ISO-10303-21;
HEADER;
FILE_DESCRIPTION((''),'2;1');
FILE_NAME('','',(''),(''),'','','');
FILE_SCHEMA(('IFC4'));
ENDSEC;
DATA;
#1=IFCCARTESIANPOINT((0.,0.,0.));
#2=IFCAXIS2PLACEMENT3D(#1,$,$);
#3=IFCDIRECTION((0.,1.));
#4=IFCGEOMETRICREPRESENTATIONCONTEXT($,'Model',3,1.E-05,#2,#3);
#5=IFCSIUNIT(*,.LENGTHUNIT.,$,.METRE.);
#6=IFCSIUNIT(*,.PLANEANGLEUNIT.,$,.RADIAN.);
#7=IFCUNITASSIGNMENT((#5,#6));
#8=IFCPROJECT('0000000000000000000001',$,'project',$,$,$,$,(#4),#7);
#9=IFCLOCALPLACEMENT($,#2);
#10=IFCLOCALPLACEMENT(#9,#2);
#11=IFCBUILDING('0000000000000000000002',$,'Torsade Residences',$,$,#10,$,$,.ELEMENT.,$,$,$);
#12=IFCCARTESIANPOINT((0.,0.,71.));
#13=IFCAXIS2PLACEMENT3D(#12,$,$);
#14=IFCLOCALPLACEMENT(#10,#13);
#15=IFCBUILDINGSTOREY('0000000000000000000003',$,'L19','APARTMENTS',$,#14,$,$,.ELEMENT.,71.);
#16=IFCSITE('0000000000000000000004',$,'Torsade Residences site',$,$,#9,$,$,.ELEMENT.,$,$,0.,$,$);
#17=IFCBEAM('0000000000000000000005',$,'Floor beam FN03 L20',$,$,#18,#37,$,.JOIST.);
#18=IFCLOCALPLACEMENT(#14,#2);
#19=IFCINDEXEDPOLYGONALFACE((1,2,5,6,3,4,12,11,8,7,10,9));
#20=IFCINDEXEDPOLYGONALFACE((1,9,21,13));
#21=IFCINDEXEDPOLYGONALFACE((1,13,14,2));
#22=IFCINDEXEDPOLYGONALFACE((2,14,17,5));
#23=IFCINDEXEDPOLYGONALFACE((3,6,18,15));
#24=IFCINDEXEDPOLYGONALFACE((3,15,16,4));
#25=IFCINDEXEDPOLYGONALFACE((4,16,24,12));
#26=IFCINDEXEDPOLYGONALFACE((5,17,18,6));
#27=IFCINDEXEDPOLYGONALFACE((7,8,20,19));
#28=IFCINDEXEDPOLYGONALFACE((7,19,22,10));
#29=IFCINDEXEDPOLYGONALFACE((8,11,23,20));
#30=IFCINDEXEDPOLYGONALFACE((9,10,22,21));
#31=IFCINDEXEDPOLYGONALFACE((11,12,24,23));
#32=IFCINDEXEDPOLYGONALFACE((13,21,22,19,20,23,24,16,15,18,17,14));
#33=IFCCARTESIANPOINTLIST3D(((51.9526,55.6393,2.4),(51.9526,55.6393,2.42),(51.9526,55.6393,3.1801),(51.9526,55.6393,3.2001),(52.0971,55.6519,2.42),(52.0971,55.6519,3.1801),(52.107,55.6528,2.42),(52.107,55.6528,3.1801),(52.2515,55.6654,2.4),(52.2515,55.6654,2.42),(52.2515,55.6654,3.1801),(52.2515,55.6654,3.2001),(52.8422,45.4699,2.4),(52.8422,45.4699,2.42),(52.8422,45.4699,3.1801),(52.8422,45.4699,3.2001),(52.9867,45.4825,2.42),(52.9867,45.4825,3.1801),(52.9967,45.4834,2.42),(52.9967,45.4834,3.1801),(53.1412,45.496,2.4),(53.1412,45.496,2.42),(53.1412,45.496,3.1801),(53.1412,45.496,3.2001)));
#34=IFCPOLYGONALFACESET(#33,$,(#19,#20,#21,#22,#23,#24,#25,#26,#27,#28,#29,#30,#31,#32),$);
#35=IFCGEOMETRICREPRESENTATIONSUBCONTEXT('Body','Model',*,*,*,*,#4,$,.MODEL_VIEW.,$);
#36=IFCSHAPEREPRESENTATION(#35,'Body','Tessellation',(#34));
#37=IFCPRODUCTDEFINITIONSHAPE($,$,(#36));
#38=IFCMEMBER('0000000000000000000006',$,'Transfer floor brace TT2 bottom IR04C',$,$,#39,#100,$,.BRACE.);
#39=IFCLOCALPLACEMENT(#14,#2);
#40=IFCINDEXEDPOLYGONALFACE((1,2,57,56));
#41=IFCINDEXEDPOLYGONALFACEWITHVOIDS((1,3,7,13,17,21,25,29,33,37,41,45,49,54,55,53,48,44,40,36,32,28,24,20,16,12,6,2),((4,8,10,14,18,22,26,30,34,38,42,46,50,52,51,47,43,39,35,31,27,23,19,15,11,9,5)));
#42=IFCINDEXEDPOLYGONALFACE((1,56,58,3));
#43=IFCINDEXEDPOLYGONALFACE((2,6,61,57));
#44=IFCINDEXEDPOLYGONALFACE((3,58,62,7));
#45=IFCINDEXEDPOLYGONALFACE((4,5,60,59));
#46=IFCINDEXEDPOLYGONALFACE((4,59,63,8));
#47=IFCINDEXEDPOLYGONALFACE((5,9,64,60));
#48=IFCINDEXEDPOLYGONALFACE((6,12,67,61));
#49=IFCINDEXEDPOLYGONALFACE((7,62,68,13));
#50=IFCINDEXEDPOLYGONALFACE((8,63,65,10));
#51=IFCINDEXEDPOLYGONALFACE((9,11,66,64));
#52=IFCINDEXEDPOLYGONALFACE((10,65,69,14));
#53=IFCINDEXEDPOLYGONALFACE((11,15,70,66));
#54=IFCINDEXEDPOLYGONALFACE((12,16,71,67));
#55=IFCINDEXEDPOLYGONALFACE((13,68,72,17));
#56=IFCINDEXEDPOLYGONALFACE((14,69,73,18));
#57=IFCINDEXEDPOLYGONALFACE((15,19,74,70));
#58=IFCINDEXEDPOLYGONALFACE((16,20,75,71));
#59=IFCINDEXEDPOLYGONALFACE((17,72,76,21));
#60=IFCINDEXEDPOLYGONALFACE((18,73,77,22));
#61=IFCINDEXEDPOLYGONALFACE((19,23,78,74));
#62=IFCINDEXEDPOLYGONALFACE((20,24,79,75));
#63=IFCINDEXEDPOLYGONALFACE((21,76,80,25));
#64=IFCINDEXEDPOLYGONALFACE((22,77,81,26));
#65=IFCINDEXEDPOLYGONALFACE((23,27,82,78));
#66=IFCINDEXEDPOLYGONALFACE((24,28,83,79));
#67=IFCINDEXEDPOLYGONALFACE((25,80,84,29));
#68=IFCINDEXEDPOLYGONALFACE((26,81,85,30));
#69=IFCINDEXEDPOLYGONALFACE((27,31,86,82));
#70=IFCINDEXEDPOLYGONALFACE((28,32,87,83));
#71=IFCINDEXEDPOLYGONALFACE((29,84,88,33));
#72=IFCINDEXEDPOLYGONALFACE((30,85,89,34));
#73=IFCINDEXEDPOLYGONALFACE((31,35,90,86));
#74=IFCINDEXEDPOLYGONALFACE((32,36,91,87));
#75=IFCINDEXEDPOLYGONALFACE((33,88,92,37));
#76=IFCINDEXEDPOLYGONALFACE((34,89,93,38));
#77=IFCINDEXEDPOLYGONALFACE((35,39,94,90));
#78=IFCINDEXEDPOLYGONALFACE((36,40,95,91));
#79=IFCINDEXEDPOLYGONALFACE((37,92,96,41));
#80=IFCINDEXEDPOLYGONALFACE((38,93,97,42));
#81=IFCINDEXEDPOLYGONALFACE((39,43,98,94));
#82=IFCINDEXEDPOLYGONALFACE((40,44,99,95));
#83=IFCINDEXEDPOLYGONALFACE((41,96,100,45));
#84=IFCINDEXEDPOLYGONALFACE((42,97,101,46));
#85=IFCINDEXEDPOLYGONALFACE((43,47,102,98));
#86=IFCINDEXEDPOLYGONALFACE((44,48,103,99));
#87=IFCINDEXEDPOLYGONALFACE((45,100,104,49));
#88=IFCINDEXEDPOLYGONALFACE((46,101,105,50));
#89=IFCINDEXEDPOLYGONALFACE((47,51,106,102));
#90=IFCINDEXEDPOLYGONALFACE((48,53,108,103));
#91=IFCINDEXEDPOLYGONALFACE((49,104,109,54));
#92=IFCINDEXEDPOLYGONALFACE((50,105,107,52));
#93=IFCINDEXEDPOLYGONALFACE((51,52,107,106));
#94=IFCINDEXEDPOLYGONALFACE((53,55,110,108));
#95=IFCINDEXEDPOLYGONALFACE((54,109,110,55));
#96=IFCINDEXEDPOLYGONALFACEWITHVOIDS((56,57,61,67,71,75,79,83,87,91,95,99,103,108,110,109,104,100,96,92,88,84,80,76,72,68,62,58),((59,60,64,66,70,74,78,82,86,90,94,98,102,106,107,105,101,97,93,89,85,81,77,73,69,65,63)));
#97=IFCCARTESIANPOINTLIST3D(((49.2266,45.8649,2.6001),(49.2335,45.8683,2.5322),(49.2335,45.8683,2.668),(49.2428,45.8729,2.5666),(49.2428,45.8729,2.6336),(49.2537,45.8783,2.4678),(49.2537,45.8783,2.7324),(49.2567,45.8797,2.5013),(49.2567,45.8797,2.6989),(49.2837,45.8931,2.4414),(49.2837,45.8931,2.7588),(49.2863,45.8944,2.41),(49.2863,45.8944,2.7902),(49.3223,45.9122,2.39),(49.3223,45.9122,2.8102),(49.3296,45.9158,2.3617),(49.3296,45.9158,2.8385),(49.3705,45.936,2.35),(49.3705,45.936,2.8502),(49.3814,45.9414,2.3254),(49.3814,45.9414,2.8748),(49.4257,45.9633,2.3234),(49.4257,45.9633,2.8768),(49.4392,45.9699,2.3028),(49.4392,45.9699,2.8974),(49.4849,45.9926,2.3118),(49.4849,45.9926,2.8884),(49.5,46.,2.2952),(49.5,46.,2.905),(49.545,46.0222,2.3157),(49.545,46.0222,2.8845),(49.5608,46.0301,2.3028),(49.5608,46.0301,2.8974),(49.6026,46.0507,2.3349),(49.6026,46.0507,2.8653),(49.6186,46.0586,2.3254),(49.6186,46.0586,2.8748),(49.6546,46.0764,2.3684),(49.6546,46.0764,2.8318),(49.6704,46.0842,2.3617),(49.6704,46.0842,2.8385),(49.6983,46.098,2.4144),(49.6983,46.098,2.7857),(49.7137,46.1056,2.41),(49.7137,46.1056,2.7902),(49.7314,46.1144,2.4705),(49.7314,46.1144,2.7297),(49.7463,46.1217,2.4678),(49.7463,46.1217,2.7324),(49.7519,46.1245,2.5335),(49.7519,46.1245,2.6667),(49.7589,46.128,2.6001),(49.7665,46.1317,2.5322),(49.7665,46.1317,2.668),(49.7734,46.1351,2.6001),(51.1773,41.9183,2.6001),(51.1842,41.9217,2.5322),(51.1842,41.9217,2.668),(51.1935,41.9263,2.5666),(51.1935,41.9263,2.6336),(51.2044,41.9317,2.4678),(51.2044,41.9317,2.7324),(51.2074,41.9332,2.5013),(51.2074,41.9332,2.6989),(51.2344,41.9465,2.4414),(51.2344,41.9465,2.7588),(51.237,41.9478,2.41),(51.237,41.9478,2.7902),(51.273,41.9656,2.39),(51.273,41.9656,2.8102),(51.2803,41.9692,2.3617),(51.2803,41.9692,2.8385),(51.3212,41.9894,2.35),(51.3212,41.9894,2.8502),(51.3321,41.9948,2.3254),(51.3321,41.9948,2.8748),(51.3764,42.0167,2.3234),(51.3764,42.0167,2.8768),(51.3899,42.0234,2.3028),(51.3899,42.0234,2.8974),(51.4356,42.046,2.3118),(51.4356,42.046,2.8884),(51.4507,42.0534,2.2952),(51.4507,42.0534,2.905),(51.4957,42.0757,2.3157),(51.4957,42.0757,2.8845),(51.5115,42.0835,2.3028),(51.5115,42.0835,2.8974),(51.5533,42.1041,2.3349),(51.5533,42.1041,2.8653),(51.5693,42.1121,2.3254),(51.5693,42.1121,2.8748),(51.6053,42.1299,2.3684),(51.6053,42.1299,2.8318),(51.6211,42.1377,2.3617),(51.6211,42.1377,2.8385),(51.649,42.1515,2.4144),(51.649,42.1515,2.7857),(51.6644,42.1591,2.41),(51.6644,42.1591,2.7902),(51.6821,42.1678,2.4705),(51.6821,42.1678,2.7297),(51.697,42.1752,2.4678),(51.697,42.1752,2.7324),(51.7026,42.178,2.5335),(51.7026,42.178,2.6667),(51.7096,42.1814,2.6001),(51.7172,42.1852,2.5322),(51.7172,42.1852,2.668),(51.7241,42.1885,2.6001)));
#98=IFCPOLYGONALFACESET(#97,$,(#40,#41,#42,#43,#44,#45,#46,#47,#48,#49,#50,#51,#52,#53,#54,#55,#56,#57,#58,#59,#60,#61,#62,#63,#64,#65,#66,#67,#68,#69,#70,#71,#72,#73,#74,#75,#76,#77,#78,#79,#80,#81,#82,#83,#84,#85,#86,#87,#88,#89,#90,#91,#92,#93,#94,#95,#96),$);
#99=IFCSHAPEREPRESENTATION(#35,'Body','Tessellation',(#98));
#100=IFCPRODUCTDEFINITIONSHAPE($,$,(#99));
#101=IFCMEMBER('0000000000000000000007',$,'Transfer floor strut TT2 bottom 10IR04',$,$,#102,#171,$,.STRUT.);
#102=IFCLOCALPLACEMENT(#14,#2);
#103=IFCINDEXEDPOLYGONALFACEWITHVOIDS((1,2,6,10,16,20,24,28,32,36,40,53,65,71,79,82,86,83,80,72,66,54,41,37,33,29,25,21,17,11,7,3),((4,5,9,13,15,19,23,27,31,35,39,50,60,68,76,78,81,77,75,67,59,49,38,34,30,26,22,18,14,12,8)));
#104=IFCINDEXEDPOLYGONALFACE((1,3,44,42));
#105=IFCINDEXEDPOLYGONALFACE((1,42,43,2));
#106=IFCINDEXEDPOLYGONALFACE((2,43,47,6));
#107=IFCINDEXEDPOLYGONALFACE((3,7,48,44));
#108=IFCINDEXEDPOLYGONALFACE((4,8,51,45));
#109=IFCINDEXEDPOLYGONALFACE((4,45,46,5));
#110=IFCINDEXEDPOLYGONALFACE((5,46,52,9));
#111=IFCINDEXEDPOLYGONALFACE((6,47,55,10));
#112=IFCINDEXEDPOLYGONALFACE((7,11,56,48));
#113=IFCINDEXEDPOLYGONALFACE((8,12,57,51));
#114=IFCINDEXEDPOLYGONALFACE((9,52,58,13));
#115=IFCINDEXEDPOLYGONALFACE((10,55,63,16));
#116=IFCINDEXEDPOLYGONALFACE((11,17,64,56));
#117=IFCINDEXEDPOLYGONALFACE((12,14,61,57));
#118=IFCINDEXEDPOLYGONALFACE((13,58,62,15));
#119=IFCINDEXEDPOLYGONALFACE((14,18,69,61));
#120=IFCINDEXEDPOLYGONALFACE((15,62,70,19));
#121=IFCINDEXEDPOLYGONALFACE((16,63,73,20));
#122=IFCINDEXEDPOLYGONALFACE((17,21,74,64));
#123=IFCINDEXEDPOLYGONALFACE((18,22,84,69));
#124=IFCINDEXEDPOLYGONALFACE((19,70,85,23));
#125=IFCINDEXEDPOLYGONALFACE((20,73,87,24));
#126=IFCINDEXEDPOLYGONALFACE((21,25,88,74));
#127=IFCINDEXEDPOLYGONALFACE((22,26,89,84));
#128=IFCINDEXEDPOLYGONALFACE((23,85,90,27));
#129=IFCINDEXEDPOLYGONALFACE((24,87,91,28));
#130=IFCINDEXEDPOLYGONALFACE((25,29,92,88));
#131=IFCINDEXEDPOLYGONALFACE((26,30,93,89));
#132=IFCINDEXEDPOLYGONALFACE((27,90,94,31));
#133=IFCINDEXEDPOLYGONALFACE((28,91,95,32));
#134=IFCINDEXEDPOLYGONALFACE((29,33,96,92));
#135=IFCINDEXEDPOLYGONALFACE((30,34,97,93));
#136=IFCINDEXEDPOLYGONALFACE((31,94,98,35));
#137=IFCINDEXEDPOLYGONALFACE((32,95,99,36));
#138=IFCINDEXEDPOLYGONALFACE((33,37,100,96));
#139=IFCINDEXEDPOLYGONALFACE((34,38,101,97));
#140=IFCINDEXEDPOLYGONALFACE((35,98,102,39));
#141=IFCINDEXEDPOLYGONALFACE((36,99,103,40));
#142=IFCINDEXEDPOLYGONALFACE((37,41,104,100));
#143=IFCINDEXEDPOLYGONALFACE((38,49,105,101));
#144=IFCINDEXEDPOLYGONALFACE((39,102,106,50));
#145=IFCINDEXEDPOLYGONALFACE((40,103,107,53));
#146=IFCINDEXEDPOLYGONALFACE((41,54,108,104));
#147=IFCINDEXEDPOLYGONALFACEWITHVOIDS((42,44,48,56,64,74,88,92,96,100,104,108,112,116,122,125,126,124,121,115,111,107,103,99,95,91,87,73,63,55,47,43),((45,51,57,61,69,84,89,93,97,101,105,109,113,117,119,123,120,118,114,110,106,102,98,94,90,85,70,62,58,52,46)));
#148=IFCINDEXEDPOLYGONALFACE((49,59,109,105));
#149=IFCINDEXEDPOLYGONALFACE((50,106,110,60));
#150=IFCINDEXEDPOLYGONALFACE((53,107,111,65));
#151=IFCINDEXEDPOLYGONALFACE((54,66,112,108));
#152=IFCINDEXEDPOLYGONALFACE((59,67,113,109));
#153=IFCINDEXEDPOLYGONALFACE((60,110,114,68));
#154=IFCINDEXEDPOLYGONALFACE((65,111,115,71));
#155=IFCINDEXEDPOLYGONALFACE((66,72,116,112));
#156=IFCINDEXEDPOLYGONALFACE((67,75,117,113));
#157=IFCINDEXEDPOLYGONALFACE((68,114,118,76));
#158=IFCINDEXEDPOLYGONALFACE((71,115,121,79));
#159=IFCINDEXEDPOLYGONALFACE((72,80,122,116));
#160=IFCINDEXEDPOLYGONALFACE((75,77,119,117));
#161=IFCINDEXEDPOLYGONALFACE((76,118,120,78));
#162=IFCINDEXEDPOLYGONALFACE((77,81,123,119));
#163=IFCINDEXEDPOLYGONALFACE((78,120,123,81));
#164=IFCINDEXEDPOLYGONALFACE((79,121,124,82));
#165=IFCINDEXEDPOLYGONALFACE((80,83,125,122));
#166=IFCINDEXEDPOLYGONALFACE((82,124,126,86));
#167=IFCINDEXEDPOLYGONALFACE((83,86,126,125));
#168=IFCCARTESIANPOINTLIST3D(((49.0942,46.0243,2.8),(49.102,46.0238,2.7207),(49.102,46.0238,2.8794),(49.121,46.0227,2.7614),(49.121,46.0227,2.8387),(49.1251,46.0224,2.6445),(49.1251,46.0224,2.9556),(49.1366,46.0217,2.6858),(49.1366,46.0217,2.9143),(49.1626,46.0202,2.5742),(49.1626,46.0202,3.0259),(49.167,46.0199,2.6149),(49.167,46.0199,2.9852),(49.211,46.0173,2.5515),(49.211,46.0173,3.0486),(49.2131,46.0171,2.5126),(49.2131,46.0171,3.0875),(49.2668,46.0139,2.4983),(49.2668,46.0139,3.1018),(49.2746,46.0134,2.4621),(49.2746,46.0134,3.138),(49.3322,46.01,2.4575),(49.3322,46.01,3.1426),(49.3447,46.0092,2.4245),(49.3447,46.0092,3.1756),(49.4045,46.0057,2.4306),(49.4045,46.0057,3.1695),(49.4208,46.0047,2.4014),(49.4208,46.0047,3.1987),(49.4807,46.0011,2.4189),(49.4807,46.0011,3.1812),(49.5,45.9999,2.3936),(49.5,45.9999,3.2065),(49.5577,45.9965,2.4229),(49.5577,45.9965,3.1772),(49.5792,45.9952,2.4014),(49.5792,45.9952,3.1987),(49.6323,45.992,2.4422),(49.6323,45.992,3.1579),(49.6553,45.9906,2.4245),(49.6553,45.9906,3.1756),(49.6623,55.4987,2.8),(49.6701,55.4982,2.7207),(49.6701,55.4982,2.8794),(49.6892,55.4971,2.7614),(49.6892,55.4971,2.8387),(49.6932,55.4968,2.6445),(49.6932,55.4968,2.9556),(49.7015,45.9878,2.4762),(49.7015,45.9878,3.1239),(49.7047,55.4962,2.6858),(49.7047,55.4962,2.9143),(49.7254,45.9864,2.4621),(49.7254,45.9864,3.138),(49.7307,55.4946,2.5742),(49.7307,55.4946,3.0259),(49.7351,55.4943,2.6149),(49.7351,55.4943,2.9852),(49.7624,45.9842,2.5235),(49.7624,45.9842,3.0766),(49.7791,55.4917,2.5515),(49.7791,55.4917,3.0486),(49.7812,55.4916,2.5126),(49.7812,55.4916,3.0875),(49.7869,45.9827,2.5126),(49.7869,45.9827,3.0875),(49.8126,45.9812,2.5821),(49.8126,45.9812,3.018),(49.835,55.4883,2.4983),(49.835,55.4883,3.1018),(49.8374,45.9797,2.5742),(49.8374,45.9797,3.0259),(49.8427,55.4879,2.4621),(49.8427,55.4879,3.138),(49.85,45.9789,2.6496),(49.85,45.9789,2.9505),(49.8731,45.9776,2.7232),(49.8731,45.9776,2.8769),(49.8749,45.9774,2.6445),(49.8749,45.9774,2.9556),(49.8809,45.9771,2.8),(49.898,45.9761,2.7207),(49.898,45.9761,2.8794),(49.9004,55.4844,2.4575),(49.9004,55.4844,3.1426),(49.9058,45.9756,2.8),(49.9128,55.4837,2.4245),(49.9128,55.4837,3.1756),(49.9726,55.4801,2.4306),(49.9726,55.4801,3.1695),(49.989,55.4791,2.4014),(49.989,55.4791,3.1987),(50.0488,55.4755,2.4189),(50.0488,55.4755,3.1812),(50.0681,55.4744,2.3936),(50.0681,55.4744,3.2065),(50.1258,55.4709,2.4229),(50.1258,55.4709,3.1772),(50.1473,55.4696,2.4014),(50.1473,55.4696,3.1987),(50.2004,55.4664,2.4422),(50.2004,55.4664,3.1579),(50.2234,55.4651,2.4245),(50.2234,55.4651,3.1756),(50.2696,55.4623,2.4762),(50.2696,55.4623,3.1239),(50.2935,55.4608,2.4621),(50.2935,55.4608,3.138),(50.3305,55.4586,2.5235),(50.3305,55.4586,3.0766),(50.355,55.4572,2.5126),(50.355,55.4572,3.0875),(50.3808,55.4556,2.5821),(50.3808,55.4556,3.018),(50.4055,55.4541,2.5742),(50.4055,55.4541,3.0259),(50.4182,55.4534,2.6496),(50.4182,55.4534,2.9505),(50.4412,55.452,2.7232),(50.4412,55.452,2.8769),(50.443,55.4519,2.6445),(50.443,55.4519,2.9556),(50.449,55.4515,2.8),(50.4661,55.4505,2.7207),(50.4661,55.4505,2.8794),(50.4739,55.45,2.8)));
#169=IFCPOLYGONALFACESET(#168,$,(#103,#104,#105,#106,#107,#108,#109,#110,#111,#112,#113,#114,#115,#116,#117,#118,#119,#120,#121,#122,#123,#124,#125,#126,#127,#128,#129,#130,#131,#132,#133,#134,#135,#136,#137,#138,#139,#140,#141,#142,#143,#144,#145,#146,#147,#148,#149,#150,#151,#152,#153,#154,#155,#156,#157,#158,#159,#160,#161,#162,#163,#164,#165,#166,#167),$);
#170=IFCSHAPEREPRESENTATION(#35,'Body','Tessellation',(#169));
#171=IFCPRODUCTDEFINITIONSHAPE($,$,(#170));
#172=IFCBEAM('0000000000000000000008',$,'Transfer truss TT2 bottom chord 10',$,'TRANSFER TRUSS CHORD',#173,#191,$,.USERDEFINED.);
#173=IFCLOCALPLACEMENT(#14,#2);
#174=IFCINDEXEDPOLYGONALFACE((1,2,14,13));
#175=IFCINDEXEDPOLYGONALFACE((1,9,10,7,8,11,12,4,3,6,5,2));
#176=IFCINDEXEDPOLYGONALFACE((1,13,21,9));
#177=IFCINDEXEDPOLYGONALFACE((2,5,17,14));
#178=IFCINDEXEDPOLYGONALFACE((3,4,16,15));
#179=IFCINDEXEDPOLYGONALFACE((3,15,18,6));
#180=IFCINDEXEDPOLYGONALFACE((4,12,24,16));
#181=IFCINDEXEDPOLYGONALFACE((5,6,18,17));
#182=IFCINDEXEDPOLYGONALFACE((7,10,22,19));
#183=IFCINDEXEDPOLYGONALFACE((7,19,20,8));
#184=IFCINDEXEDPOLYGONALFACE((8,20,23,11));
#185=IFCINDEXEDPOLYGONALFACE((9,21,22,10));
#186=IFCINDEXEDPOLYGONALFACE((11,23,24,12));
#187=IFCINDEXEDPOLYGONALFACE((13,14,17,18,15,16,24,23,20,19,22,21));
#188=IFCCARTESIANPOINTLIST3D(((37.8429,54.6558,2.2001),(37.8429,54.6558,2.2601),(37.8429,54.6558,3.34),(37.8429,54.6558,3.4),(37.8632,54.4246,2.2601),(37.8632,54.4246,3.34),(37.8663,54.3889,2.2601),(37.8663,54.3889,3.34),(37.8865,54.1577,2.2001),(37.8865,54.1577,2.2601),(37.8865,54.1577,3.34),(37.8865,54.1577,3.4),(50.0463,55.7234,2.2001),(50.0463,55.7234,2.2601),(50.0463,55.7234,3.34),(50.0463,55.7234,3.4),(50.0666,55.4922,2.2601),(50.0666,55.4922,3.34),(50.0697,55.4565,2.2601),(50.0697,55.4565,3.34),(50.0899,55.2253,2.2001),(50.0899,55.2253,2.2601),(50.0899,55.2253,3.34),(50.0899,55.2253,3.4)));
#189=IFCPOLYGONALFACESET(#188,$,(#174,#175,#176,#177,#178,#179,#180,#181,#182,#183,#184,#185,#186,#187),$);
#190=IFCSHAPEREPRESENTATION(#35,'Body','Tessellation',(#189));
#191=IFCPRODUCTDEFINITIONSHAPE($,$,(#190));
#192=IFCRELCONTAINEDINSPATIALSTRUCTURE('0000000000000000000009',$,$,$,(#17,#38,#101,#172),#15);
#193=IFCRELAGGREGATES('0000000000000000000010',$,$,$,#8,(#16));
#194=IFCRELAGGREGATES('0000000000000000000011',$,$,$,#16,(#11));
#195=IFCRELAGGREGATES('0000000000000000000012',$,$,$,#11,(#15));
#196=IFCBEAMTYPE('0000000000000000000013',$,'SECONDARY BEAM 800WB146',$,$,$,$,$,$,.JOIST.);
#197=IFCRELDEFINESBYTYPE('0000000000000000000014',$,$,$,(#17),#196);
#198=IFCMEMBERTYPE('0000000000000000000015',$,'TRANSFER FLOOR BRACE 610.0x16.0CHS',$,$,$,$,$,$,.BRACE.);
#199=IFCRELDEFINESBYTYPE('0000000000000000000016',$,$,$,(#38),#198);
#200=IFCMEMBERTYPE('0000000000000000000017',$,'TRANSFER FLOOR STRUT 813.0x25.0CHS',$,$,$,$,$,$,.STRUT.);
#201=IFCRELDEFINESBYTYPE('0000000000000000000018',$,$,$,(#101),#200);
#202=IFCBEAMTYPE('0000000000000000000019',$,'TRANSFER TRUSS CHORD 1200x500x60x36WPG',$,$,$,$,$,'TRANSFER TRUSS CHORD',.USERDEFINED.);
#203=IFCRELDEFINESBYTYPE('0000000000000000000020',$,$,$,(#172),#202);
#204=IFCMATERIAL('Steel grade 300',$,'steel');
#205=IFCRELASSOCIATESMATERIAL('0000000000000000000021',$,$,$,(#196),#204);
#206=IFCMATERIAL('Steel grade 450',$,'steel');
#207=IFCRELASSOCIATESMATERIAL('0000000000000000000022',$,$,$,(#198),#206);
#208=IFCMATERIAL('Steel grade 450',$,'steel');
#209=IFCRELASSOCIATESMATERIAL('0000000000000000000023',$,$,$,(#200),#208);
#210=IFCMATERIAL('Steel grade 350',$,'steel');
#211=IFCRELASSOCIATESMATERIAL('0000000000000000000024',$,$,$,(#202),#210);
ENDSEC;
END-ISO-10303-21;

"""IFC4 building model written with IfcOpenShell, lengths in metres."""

from ifc_helpers import new_model, si_unit, direction, frame, origin, origin_2d, place, context, subcontext, project, spatial, hollow_circle, i_section, extrude, material, material_profile, profile_set, type_object, element, save


model = new_model("IFC4")

# Units and contexts
model_context = context("Model", 3, precision=1e-05, world=origin(), true_north=direction((0.0, 1.0)))
body_context = subcontext(model_context, "Body", "Model", "MODEL_VIEW")
ifc_project = project(units=[si_unit("LENGTHUNIT", "METRE"), si_unit("PLANEANGLEUNIT", "RADIAN")], contexts=[model_context])

# Site, building, storey
site_placement = place(None, origin())
site = spatial("IfcSite", under=ifc_project, at=site_placement, Name="Torsade Residences site", CompositionType="ELEMENT", RefElevation=0.0)
building_placement = place(site_placement, origin())
building = spatial("IfcBuilding", under=site, at=building_placement, Name="Torsade Residences", CompositionType="ELEMENT")
storey_placement = place(building_placement, frame((0.0, 0.0, 71.0)))
storey = spatial("IfcBuildingStorey", under=building, at=storey_placement, Name="L19", Description="APARTMENTS", CompositionType="ELEMENT", Elevation=71.0)

# Beam
ifc_material_1 = material(Name="Steel grade 300", Category="steel")
ifc_material_profile_1 = material_profile(ifc_material_1, i_section(OverallWidth=0.3, OverallDepth=0.8, WebThickness=0.01, FlangeThickness=0.02, at=origin_2d()), Name="800WB146")
ifc_profile_set_1 = profile_set([ifc_material_profile_1], Name="Steel grade 300")
beam_type_1 = type_object("IfcBeamType", Name="SECONDARY BEAM 800WB146", PredefinedType="JOIST", material=ifc_profile_set_1)
beam_1_placement = place(storey_placement, frame((52.1021, 55.6523, 2.8), z_axis=(0.08715, -0.996195, 0.0), x_axis=(0.996195, 0.08715, 0.0)))
element("IfcBeam", 1, at=beam_1_placement, inside=storey, type_object=beam_type_1, Name="Floor beam FN03 L20", PredefinedType="JOIST", context=body_context, shape_type="SweptSolid", body=[
    extrude(i_section(OverallWidth=0.3, OverallDepth=0.8, WebThickness=0.01, FlangeThickness=0.02, at=origin_2d()), origin(), (0.0, 0.0, 1.0), 10.2083),
])

# Members
ifc_material_2 = material(Name="Steel grade 450", Category="steel")
ifc_material_profile_2 = material_profile(ifc_material_2, hollow_circle(Radius=0.3049, WallThickness=0.0161, at=origin_2d()), Name="610.0x16.0CHS")
ifc_profile_set_2 = profile_set([ifc_material_profile_2], Name="Steel grade 450")
member_type_1 = type_object("IfcMemberType", Name="TRANSFER FLOOR BRACE 610.0x16.0CHS", PredefinedType="BRACE", material=ifc_profile_set_2)
member_1_placement = place(storey_placement, frame((49.5, 46.0, 2.6001), z_axis=(0.443105, -0.89647, 0.0), x_axis=(0.89647, 0.443105, 0.0)))
element("IfcMember", 2, at=member_1_placement, inside=storey, type_object=member_type_1, Name="Transfer floor brace TT2 bottom IR04C", PredefinedType="BRACE", context=body_context, shape_type="SweptSolid", body=[
    extrude(hollow_circle(Radius=0.3049, WallThickness=0.0161, at=origin_2d()), origin(), (0.0, 0.0, 1.0), 4.4023),
])
ifc_material_3 = material(Name="Steel grade 450", Category="steel")
ifc_material_profile_3 = material_profile(ifc_material_3, hollow_circle(Radius=0.4065, WallThickness=0.0249, at=origin_2d()), Name="813.0x25.0CHS")
ifc_profile_set_3 = profile_set([ifc_material_profile_3], Name="Steel grade 450")
member_type_2 = type_object("IfcMemberType", Name="TRANSFER FLOOR STRUT 813.0x25.0CHS", PredefinedType="STRUT", material=ifc_profile_set_3)
member_2_placement = place(storey_placement, frame((50.0681, 55.4744, 2.8), z_axis=(-0.059856, -0.998207, 0.0), x_axis=(0.998207, -0.059856, 0.0)))
element("IfcMember", 3, at=member_2_placement, inside=storey, type_object=member_type_2, Name="Transfer floor strut TT2 bottom 10IR04", PredefinedType="STRUT", context=body_context, shape_type="SweptSolid", body=[
    extrude(hollow_circle(Radius=0.4065, WallThickness=0.0249, at=origin_2d()), origin(), (0.0, 0.0, 1.0), 9.4915),
])

# Beam
ifc_material_4 = material(Name="Steel grade 350", Category="steel")
ifc_material_profile_4 = material_profile(ifc_material_4, i_section(OverallWidth=0.5, OverallDepth=1.2, WebThickness=0.0359, FlangeThickness=0.0601, at=origin_2d()), Name="1200x500x60x36WPG")
ifc_profile_set_4 = profile_set([ifc_material_profile_4], Name="Steel grade 350")
beam_type_2 = type_object("IfcBeamType", Name="TRANSFER TRUSS CHORD 1200x500x60x36WPG", ElementType="TRANSFER TRUSS CHORD", PredefinedType="USERDEFINED", material=ifc_profile_set_4)
beam_2_placement = place(storey_placement, frame((50.0681, 55.4744, 2.8), z_axis=(-0.996195, -0.087153, 0.0), x_axis=(0.087153, -0.996195, 0.0)))
element("IfcBeam", 4, at=beam_2_placement, inside=storey, type_object=beam_type_2, Name="Transfer truss TT2 bottom chord 10", ObjectType="TRANSFER TRUSS CHORD", PredefinedType="USERDEFINED", context=body_context, shape_type="SweptSolid", body=[
    extrude(i_section(OverallWidth=0.5, OverallDepth=1.2, WebThickness=0.0359, FlangeThickness=0.0601, at=origin_2d()), origin(), (0.0, 0.0, 1.0), 12.25),
])

save(model, "model.ifc")
